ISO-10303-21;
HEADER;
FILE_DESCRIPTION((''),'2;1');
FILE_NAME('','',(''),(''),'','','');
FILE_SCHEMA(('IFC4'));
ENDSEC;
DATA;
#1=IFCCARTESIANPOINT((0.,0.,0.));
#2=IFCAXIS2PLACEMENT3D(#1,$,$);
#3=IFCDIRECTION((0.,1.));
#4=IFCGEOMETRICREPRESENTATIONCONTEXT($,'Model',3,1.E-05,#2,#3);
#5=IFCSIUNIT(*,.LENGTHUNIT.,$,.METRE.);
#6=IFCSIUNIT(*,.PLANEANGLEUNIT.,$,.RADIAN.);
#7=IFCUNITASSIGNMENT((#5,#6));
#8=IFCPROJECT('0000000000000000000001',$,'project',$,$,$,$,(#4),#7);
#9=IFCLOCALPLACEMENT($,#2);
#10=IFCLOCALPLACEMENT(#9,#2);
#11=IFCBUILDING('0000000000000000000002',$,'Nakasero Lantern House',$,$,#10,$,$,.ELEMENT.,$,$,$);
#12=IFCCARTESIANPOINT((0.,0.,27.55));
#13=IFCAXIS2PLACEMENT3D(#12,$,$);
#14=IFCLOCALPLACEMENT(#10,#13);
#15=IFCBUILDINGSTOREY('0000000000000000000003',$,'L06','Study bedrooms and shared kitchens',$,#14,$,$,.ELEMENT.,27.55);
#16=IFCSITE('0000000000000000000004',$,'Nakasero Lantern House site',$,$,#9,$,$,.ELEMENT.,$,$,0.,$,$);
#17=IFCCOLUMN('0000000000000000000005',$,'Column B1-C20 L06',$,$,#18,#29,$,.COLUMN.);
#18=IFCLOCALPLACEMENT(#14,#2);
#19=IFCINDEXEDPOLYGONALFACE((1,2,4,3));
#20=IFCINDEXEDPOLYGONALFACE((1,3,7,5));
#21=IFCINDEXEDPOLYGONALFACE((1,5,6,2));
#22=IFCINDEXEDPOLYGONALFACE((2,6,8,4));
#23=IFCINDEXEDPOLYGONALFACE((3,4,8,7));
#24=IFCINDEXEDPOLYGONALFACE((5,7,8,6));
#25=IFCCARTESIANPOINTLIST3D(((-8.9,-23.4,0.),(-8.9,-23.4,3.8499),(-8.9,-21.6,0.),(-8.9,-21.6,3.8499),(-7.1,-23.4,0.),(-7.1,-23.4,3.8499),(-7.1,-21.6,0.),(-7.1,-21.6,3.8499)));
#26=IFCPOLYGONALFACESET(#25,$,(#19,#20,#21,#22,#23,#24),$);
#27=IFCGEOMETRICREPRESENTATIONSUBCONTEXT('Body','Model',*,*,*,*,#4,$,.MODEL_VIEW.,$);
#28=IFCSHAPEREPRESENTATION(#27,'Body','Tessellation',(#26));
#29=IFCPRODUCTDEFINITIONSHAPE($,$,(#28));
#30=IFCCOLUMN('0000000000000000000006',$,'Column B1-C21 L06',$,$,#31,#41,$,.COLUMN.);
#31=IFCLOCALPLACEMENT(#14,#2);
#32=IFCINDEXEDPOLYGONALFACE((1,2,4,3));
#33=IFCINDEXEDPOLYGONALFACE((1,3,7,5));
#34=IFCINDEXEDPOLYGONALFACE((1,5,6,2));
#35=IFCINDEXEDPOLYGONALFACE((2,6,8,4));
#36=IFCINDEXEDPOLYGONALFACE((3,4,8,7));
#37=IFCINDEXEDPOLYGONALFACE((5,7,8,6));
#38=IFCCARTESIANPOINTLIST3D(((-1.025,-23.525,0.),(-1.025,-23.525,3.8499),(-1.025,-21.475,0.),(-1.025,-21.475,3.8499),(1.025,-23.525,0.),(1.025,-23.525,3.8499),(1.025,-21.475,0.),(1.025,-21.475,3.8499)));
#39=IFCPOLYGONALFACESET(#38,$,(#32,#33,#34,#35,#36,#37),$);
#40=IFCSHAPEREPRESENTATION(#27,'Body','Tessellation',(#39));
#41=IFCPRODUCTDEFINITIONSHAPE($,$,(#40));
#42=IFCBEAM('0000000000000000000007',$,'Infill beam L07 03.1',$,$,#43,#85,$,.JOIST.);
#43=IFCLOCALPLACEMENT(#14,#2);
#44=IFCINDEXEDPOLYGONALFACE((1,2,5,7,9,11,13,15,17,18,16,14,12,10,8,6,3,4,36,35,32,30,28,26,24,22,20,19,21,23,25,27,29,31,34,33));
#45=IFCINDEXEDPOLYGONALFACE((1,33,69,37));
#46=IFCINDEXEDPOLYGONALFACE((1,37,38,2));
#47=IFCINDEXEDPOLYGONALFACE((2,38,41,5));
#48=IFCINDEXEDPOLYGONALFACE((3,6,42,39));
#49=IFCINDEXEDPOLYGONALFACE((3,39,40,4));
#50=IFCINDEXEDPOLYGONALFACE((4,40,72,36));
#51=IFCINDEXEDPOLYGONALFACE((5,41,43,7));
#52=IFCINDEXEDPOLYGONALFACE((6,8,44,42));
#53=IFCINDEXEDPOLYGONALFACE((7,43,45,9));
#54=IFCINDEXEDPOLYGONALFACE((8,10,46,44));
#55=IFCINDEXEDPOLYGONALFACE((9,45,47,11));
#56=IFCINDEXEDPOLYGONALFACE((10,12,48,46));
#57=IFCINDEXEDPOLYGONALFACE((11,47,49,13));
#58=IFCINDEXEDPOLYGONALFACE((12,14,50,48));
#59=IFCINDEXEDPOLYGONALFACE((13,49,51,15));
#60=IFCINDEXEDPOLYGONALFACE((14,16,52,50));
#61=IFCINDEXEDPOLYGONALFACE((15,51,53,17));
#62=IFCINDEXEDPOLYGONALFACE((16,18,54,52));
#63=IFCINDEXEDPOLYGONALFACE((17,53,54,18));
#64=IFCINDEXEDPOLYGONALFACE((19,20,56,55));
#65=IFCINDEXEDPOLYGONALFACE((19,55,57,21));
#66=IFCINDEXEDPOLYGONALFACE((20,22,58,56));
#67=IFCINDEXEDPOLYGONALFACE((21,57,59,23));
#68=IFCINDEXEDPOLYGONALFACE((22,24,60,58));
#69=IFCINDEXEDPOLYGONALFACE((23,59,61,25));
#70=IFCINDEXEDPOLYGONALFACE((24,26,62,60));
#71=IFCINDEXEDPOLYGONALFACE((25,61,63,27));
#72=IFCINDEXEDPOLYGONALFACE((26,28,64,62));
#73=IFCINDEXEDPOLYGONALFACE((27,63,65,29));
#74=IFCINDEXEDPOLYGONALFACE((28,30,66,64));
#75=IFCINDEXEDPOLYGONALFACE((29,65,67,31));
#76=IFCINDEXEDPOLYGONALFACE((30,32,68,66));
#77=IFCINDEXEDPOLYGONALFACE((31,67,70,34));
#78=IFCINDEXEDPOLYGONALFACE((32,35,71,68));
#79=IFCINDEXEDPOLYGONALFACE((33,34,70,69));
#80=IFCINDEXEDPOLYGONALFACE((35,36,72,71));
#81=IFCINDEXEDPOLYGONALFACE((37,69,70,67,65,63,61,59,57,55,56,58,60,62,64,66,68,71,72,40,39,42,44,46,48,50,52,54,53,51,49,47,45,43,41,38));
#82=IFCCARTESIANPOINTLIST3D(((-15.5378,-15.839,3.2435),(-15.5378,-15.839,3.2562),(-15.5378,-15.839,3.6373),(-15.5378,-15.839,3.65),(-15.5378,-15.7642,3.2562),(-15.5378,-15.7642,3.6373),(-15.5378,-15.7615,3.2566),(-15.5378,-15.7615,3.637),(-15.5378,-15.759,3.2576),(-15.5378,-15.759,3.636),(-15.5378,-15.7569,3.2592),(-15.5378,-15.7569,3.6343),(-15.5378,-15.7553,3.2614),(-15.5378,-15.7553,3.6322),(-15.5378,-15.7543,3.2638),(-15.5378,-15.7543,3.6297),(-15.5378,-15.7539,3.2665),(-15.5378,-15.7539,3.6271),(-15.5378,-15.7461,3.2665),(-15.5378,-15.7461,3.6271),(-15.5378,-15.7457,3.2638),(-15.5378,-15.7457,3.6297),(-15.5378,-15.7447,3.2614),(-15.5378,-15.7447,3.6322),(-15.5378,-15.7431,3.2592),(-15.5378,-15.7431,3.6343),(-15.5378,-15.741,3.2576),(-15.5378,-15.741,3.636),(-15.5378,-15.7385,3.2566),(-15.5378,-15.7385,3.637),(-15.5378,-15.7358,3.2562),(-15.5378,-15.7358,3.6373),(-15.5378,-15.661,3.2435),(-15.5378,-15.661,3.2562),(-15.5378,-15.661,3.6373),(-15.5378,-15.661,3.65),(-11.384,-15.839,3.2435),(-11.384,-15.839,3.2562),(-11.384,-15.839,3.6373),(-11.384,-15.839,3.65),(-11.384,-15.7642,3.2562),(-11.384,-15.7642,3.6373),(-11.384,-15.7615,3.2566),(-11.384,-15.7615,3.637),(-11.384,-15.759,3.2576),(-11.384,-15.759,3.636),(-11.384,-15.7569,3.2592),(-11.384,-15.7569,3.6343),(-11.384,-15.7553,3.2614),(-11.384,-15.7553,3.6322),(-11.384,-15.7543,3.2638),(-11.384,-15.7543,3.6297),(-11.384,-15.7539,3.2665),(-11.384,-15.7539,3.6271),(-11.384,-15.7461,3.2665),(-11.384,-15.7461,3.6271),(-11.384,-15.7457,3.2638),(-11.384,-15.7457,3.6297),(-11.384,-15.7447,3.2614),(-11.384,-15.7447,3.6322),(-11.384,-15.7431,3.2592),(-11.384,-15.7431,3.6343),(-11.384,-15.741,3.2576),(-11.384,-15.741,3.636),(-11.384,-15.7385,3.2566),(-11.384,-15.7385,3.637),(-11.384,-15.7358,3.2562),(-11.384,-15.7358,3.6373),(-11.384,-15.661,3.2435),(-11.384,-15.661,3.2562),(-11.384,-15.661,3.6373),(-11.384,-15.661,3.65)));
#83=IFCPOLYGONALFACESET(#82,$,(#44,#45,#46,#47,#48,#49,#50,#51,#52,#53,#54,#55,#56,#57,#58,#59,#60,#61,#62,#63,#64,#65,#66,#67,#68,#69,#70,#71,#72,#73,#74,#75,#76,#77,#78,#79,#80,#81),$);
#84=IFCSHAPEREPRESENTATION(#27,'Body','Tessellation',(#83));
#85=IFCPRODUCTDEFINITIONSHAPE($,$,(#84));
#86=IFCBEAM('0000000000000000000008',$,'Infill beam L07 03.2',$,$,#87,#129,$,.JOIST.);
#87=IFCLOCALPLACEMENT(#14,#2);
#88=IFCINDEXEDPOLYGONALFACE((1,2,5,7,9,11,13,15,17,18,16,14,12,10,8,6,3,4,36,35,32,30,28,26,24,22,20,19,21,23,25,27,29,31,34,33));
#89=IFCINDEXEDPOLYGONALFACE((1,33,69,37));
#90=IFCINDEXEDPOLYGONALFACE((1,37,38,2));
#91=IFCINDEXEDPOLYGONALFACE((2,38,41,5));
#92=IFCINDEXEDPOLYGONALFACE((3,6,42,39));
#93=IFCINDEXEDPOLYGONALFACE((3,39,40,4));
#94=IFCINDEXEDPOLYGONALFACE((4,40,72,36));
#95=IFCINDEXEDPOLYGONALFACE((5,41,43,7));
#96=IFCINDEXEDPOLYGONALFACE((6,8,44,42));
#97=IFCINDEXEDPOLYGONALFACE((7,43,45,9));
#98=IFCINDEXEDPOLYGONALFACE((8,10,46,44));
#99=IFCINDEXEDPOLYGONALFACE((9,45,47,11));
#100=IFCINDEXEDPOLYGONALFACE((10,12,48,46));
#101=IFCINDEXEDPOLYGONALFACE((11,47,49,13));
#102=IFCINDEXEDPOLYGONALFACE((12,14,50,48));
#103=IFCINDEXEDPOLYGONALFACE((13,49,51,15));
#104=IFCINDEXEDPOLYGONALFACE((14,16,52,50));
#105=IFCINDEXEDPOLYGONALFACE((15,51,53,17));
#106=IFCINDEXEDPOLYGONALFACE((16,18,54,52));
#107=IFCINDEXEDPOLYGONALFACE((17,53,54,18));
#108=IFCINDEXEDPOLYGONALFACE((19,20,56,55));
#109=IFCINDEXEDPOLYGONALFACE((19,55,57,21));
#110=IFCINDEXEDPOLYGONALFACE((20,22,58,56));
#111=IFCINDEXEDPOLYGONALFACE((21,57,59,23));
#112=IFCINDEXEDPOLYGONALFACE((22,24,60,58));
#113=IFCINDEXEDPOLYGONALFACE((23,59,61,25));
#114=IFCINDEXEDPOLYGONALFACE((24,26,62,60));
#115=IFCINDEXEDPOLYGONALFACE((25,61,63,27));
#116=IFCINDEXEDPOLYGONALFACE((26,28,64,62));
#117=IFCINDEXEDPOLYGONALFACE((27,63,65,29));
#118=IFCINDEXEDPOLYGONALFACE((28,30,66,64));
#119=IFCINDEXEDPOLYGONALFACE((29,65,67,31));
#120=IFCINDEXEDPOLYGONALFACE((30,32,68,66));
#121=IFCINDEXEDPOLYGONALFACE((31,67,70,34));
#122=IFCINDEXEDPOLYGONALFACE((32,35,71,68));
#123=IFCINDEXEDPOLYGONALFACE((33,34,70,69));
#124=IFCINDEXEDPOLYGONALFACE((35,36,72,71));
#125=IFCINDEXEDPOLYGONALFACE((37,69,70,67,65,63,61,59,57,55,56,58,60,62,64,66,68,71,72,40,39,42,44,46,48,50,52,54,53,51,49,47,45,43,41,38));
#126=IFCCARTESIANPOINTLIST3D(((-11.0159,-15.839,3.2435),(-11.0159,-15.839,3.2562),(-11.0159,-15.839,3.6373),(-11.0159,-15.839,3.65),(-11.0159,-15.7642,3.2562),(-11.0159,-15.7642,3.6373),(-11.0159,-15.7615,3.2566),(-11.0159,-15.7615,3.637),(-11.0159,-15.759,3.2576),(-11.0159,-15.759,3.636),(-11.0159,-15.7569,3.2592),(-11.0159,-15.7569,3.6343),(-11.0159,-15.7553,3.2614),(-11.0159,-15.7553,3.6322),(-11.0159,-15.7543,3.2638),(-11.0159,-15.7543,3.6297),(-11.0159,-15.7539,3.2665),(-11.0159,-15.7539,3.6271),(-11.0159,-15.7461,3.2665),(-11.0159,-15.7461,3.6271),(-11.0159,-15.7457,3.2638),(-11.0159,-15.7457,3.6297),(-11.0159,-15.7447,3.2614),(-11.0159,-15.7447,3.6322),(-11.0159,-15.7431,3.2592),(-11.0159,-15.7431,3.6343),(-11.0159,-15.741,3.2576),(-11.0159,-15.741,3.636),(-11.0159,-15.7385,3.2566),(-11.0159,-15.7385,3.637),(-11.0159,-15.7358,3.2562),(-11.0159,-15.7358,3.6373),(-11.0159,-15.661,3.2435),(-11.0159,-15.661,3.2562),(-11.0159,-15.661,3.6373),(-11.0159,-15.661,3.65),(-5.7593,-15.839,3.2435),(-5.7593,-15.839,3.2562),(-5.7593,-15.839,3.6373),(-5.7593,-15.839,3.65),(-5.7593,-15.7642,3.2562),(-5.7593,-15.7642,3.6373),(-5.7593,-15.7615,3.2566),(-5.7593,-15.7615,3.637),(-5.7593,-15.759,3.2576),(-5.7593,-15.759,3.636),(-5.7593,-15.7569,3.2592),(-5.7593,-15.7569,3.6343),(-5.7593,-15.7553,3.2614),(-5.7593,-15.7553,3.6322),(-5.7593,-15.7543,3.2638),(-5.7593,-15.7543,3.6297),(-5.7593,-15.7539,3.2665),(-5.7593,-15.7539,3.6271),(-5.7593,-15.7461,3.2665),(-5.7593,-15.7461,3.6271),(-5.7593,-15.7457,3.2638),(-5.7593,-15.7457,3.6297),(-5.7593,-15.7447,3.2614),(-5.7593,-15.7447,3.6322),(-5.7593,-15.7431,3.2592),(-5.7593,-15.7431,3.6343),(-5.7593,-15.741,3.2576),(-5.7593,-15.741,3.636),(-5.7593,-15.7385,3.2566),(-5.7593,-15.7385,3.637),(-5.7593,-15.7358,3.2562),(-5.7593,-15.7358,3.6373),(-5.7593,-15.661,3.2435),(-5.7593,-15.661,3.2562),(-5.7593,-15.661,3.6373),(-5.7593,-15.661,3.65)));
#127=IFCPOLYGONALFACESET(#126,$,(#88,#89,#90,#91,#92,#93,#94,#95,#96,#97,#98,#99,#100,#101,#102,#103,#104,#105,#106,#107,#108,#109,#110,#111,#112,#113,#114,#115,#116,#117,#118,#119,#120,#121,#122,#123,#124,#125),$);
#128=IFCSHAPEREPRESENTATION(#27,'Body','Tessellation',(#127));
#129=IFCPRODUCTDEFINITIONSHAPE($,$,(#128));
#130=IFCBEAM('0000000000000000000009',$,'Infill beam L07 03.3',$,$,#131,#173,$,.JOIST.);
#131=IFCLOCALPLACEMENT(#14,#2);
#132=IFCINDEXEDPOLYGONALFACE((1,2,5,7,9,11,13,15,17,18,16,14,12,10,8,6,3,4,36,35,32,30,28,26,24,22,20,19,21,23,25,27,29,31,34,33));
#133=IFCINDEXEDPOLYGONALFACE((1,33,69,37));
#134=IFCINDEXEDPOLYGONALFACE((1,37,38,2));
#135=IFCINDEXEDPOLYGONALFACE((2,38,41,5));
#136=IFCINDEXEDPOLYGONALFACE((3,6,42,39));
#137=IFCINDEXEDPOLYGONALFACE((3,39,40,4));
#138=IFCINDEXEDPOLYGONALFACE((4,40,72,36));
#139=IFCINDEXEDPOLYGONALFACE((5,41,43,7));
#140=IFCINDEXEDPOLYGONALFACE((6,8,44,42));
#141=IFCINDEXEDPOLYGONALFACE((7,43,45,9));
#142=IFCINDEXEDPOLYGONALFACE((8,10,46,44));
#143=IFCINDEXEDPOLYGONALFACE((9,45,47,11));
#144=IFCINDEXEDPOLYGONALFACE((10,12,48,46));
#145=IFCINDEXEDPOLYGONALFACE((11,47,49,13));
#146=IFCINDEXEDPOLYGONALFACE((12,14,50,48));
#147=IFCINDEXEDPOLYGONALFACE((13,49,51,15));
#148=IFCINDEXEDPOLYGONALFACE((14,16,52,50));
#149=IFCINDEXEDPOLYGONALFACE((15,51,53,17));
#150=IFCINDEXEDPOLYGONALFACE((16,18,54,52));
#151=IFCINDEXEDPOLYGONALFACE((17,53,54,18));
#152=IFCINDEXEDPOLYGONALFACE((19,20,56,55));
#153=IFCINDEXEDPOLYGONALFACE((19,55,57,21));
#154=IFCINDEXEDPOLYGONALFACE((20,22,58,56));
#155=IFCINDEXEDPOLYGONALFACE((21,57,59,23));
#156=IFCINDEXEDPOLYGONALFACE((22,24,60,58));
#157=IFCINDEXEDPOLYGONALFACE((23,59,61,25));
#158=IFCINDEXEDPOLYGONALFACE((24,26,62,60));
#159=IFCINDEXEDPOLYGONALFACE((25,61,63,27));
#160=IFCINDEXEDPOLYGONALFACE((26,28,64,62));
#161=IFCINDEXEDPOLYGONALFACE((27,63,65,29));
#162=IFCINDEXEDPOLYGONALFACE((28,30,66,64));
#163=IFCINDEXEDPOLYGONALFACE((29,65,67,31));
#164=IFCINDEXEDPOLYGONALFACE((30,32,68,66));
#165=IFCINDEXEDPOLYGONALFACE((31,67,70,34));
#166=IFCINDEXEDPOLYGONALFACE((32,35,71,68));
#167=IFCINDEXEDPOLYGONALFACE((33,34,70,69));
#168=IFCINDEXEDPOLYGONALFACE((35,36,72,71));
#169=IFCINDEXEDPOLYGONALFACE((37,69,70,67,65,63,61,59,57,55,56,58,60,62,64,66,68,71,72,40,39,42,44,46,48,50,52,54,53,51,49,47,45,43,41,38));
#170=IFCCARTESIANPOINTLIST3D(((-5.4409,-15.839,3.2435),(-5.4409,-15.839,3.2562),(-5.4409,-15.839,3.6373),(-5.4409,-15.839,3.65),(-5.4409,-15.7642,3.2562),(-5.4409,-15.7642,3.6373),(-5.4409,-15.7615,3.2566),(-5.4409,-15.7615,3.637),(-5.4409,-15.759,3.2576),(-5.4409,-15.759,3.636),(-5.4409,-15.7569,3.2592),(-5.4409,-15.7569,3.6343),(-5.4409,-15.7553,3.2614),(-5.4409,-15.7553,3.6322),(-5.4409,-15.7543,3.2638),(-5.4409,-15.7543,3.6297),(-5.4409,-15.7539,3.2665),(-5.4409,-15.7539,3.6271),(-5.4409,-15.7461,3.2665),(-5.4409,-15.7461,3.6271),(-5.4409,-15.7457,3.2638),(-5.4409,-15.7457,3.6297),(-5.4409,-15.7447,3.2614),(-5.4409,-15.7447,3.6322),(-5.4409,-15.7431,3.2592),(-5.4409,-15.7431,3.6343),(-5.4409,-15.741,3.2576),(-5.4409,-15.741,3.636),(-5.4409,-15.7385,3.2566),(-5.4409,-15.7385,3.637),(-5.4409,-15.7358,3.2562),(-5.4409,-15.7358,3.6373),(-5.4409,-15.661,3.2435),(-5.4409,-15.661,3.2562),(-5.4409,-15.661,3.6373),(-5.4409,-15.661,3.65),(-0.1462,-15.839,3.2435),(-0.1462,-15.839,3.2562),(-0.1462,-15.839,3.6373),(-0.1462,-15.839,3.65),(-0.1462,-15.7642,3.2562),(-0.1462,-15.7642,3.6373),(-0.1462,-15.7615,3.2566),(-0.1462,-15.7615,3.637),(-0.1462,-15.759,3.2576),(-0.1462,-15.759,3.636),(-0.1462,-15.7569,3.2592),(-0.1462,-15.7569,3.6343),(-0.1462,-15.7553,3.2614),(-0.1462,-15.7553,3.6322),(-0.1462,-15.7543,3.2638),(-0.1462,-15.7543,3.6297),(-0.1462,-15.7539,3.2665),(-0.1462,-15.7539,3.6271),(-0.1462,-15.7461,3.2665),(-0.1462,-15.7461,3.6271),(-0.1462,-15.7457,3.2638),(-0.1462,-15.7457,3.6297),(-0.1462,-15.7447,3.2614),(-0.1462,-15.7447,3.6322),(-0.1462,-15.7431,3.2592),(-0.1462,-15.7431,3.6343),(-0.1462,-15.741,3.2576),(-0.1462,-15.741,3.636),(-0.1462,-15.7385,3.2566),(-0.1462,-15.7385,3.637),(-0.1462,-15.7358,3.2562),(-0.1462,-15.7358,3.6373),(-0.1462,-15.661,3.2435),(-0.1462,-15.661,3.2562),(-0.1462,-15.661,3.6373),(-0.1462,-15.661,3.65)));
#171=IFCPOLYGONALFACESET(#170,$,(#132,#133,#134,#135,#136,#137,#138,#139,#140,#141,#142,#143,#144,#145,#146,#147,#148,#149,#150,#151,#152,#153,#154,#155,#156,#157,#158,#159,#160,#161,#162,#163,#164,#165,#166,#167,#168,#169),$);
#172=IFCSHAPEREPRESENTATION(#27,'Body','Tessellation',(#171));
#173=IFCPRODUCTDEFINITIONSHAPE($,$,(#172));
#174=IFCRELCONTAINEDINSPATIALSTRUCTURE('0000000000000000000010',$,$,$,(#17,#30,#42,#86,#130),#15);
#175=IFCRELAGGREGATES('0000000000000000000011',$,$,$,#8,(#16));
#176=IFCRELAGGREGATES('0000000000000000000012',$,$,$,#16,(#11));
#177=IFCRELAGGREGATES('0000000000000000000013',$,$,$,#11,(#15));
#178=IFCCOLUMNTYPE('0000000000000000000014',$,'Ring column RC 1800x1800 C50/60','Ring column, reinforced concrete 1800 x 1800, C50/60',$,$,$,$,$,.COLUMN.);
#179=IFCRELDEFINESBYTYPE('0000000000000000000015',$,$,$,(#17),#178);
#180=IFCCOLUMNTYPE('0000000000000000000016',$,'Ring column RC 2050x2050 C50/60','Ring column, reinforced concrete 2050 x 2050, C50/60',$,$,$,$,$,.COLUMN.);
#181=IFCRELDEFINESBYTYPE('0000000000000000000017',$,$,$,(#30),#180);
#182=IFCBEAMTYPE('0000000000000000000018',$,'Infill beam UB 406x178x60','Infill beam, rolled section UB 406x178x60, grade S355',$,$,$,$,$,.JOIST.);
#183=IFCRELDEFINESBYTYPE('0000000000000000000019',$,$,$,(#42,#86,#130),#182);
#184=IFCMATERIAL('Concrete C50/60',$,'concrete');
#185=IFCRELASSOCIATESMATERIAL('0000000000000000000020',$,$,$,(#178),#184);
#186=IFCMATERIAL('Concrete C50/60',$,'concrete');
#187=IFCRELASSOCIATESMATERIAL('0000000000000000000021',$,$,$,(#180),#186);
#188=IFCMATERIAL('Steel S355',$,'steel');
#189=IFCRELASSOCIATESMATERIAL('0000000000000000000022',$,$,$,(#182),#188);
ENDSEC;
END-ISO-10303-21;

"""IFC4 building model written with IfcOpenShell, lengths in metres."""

from ifc_helpers import new_model, si_unit, direction, frame, origin, origin_2d, place, context, subcontext, project, spatial, rectangle, i_section, extrude, material, material_profile, profile_set, type_object, element, save


model = new_model("IFC4")

# Units and contexts
model_context = context("Model", 3, precision=1e-05, world=origin(), true_north=direction((0.0, 1.0)))
body_context = subcontext(model_context, "Body", "Model", "MODEL_VIEW")
ifc_project = project(units=[si_unit("LENGTHUNIT", "METRE"), si_unit("PLANEANGLEUNIT", "RADIAN")], contexts=[model_context])

# Site, building, storey
site_placement = place(None, origin())
site = spatial("IfcSite", under=ifc_project, at=site_placement, Name="Nakasero Lantern House site", CompositionType="ELEMENT", RefElevation=0.0)
building_placement = place(site_placement, origin())
building = spatial("IfcBuilding", under=site, at=building_placement, Name="Nakasero Lantern House", CompositionType="ELEMENT")
storey_placement = place(building_placement, frame((0.0, 0.0, 27.55)))
storey = spatial("IfcBuildingStorey", under=building, at=storey_placement, Name="L06", Description="Study bedrooms and shared kitchens", CompositionType="ELEMENT", Elevation=27.55)

# Columns
ifc_material_1 = material(Name="Concrete C50/60", Category="concrete")
ifc_material_profile_1 = material_profile(ifc_material_1, rectangle(XDim=1.8, YDim=1.8, at=origin_2d()), Name="RC 1800x1800")
ifc_profile_set_1 = profile_set([ifc_material_profile_1], Name="Concrete C50/60")
column_type_1 = type_object("IfcColumnType", Name="Ring column RC 1800x1800 C50/60", Description="Ring column, reinforced concrete 1800 x 1800, C50/60", PredefinedType="COLUMN", material=ifc_profile_set_1)
column_1_placement = place(storey_placement, frame((-8.0, -22.5, 0.0), z_axis=(0.0, 0.0, 1.0), x_axis=(1.0, 0.0, 0.0)))
element("IfcColumn", 1, at=column_1_placement, inside=storey, type_object=column_type_1, Name="Column B1-C20 L06", PredefinedType="COLUMN", context=body_context, shape_type="SweptSolid", body=[
    extrude(rectangle(XDim=1.8, YDim=1.8, at=origin_2d()), origin(), (0.0, 0.0, 1.0), 3.8499),
])
ifc_material_2 = material(Name="Concrete C50/60", Category="concrete")
ifc_material_profile_2 = material_profile(ifc_material_2, rectangle(XDim=2.05, YDim=2.05, at=origin_2d()), Name="RC 2050x2050")
ifc_profile_set_2 = profile_set([ifc_material_profile_2], Name="Concrete C50/60")
column_type_2 = type_object("IfcColumnType", Name="Ring column RC 2050x2050 C50/60", Description="Ring column, reinforced concrete 2050 x 2050, C50/60", PredefinedType="COLUMN", material=ifc_profile_set_2)
column_2_placement = place(storey_placement, frame((0.0, -22.5, 0.0), z_axis=(0.0, 0.0, 1.0), x_axis=(1.0, 0.0, 0.0)))
element("IfcColumn", 2, at=column_2_placement, inside=storey, type_object=column_type_2, Name="Column B1-C21 L06", PredefinedType="COLUMN", context=body_context, shape_type="SweptSolid", body=[
    extrude(rectangle(XDim=2.05, YDim=2.05, at=origin_2d()), origin(), (0.0, 0.0, 1.0), 3.8499),
])

# Beams
ifc_material_3 = material(Name="Steel S355", Category="steel")
ifc_material_profile_3 = material_profile(ifc_material_3, i_section(OverallWidth=0.178, OverallDepth=0.4065, WebThickness=0.0078, FlangeThickness=0.0127, FilletRadius=0.0103, at=origin_2d()), Name="UB 406x178x60")
ifc_profile_set_3 = profile_set([ifc_material_profile_3], Name="Steel S355")
beam_type_1 = type_object("IfcBeamType", Name="Infill beam UB 406x178x60", Description="Infill beam, rolled section UB 406x178x60, grade S355", PredefinedType="JOIST", material=ifc_profile_set_3)
beam_1_placement = place(storey_placement, frame((-15.5378, -15.75, 3.4468), z_axis=(1.0, 0.0, 0.0), x_axis=(0.0, 1.0, 0.0)))
element("IfcBeam", 3, at=beam_1_placement, inside=storey, type_object=beam_type_1, Name="Infill beam L07 03.1", PredefinedType="JOIST", context=body_context, shape_type="SweptSolid", body=[
    extrude(i_section(OverallWidth=0.178, OverallDepth=0.4065, WebThickness=0.0078, FlangeThickness=0.0127, FilletRadius=0.0103, at=origin_2d()), origin(), (0.0, 0.0, 1.0), 4.1538),
])
beam_2_placement = place(storey_placement, frame((-11.0159, -15.75, 3.4468), z_axis=(1.0, 0.0, 0.0), x_axis=(0.0, 1.0, 0.0)))
element("IfcBeam", 4, at=beam_2_placement, inside=storey, type_object=beam_type_1, Name="Infill beam L07 03.2", PredefinedType="JOIST", context=body_context, shape_type="SweptSolid", body=[
    extrude(i_section(OverallWidth=0.178, OverallDepth=0.4065, WebThickness=0.0078, FlangeThickness=0.0127, FilletRadius=0.0103, at=origin_2d()), origin(), (0.0, 0.0, 1.0), 5.2566),
])
beam_3_placement = place(storey_placement, frame((-5.4409, -15.75, 3.4468), z_axis=(1.0, 0.0, 0.0), x_axis=(0.0, 1.0, 0.0)))
element("IfcBeam", 5, at=beam_3_placement, inside=storey, type_object=beam_type_1, Name="Infill beam L07 03.3", PredefinedType="JOIST", context=body_context, shape_type="SweptSolid", body=[
    extrude(i_section(OverallWidth=0.178, OverallDepth=0.4065, WebThickness=0.0078, FlangeThickness=0.0127, FilletRadius=0.0103, at=origin_2d()), origin(), (0.0, 0.0, 1.0), 5.2947),
])

save(model, "model.ifc")
